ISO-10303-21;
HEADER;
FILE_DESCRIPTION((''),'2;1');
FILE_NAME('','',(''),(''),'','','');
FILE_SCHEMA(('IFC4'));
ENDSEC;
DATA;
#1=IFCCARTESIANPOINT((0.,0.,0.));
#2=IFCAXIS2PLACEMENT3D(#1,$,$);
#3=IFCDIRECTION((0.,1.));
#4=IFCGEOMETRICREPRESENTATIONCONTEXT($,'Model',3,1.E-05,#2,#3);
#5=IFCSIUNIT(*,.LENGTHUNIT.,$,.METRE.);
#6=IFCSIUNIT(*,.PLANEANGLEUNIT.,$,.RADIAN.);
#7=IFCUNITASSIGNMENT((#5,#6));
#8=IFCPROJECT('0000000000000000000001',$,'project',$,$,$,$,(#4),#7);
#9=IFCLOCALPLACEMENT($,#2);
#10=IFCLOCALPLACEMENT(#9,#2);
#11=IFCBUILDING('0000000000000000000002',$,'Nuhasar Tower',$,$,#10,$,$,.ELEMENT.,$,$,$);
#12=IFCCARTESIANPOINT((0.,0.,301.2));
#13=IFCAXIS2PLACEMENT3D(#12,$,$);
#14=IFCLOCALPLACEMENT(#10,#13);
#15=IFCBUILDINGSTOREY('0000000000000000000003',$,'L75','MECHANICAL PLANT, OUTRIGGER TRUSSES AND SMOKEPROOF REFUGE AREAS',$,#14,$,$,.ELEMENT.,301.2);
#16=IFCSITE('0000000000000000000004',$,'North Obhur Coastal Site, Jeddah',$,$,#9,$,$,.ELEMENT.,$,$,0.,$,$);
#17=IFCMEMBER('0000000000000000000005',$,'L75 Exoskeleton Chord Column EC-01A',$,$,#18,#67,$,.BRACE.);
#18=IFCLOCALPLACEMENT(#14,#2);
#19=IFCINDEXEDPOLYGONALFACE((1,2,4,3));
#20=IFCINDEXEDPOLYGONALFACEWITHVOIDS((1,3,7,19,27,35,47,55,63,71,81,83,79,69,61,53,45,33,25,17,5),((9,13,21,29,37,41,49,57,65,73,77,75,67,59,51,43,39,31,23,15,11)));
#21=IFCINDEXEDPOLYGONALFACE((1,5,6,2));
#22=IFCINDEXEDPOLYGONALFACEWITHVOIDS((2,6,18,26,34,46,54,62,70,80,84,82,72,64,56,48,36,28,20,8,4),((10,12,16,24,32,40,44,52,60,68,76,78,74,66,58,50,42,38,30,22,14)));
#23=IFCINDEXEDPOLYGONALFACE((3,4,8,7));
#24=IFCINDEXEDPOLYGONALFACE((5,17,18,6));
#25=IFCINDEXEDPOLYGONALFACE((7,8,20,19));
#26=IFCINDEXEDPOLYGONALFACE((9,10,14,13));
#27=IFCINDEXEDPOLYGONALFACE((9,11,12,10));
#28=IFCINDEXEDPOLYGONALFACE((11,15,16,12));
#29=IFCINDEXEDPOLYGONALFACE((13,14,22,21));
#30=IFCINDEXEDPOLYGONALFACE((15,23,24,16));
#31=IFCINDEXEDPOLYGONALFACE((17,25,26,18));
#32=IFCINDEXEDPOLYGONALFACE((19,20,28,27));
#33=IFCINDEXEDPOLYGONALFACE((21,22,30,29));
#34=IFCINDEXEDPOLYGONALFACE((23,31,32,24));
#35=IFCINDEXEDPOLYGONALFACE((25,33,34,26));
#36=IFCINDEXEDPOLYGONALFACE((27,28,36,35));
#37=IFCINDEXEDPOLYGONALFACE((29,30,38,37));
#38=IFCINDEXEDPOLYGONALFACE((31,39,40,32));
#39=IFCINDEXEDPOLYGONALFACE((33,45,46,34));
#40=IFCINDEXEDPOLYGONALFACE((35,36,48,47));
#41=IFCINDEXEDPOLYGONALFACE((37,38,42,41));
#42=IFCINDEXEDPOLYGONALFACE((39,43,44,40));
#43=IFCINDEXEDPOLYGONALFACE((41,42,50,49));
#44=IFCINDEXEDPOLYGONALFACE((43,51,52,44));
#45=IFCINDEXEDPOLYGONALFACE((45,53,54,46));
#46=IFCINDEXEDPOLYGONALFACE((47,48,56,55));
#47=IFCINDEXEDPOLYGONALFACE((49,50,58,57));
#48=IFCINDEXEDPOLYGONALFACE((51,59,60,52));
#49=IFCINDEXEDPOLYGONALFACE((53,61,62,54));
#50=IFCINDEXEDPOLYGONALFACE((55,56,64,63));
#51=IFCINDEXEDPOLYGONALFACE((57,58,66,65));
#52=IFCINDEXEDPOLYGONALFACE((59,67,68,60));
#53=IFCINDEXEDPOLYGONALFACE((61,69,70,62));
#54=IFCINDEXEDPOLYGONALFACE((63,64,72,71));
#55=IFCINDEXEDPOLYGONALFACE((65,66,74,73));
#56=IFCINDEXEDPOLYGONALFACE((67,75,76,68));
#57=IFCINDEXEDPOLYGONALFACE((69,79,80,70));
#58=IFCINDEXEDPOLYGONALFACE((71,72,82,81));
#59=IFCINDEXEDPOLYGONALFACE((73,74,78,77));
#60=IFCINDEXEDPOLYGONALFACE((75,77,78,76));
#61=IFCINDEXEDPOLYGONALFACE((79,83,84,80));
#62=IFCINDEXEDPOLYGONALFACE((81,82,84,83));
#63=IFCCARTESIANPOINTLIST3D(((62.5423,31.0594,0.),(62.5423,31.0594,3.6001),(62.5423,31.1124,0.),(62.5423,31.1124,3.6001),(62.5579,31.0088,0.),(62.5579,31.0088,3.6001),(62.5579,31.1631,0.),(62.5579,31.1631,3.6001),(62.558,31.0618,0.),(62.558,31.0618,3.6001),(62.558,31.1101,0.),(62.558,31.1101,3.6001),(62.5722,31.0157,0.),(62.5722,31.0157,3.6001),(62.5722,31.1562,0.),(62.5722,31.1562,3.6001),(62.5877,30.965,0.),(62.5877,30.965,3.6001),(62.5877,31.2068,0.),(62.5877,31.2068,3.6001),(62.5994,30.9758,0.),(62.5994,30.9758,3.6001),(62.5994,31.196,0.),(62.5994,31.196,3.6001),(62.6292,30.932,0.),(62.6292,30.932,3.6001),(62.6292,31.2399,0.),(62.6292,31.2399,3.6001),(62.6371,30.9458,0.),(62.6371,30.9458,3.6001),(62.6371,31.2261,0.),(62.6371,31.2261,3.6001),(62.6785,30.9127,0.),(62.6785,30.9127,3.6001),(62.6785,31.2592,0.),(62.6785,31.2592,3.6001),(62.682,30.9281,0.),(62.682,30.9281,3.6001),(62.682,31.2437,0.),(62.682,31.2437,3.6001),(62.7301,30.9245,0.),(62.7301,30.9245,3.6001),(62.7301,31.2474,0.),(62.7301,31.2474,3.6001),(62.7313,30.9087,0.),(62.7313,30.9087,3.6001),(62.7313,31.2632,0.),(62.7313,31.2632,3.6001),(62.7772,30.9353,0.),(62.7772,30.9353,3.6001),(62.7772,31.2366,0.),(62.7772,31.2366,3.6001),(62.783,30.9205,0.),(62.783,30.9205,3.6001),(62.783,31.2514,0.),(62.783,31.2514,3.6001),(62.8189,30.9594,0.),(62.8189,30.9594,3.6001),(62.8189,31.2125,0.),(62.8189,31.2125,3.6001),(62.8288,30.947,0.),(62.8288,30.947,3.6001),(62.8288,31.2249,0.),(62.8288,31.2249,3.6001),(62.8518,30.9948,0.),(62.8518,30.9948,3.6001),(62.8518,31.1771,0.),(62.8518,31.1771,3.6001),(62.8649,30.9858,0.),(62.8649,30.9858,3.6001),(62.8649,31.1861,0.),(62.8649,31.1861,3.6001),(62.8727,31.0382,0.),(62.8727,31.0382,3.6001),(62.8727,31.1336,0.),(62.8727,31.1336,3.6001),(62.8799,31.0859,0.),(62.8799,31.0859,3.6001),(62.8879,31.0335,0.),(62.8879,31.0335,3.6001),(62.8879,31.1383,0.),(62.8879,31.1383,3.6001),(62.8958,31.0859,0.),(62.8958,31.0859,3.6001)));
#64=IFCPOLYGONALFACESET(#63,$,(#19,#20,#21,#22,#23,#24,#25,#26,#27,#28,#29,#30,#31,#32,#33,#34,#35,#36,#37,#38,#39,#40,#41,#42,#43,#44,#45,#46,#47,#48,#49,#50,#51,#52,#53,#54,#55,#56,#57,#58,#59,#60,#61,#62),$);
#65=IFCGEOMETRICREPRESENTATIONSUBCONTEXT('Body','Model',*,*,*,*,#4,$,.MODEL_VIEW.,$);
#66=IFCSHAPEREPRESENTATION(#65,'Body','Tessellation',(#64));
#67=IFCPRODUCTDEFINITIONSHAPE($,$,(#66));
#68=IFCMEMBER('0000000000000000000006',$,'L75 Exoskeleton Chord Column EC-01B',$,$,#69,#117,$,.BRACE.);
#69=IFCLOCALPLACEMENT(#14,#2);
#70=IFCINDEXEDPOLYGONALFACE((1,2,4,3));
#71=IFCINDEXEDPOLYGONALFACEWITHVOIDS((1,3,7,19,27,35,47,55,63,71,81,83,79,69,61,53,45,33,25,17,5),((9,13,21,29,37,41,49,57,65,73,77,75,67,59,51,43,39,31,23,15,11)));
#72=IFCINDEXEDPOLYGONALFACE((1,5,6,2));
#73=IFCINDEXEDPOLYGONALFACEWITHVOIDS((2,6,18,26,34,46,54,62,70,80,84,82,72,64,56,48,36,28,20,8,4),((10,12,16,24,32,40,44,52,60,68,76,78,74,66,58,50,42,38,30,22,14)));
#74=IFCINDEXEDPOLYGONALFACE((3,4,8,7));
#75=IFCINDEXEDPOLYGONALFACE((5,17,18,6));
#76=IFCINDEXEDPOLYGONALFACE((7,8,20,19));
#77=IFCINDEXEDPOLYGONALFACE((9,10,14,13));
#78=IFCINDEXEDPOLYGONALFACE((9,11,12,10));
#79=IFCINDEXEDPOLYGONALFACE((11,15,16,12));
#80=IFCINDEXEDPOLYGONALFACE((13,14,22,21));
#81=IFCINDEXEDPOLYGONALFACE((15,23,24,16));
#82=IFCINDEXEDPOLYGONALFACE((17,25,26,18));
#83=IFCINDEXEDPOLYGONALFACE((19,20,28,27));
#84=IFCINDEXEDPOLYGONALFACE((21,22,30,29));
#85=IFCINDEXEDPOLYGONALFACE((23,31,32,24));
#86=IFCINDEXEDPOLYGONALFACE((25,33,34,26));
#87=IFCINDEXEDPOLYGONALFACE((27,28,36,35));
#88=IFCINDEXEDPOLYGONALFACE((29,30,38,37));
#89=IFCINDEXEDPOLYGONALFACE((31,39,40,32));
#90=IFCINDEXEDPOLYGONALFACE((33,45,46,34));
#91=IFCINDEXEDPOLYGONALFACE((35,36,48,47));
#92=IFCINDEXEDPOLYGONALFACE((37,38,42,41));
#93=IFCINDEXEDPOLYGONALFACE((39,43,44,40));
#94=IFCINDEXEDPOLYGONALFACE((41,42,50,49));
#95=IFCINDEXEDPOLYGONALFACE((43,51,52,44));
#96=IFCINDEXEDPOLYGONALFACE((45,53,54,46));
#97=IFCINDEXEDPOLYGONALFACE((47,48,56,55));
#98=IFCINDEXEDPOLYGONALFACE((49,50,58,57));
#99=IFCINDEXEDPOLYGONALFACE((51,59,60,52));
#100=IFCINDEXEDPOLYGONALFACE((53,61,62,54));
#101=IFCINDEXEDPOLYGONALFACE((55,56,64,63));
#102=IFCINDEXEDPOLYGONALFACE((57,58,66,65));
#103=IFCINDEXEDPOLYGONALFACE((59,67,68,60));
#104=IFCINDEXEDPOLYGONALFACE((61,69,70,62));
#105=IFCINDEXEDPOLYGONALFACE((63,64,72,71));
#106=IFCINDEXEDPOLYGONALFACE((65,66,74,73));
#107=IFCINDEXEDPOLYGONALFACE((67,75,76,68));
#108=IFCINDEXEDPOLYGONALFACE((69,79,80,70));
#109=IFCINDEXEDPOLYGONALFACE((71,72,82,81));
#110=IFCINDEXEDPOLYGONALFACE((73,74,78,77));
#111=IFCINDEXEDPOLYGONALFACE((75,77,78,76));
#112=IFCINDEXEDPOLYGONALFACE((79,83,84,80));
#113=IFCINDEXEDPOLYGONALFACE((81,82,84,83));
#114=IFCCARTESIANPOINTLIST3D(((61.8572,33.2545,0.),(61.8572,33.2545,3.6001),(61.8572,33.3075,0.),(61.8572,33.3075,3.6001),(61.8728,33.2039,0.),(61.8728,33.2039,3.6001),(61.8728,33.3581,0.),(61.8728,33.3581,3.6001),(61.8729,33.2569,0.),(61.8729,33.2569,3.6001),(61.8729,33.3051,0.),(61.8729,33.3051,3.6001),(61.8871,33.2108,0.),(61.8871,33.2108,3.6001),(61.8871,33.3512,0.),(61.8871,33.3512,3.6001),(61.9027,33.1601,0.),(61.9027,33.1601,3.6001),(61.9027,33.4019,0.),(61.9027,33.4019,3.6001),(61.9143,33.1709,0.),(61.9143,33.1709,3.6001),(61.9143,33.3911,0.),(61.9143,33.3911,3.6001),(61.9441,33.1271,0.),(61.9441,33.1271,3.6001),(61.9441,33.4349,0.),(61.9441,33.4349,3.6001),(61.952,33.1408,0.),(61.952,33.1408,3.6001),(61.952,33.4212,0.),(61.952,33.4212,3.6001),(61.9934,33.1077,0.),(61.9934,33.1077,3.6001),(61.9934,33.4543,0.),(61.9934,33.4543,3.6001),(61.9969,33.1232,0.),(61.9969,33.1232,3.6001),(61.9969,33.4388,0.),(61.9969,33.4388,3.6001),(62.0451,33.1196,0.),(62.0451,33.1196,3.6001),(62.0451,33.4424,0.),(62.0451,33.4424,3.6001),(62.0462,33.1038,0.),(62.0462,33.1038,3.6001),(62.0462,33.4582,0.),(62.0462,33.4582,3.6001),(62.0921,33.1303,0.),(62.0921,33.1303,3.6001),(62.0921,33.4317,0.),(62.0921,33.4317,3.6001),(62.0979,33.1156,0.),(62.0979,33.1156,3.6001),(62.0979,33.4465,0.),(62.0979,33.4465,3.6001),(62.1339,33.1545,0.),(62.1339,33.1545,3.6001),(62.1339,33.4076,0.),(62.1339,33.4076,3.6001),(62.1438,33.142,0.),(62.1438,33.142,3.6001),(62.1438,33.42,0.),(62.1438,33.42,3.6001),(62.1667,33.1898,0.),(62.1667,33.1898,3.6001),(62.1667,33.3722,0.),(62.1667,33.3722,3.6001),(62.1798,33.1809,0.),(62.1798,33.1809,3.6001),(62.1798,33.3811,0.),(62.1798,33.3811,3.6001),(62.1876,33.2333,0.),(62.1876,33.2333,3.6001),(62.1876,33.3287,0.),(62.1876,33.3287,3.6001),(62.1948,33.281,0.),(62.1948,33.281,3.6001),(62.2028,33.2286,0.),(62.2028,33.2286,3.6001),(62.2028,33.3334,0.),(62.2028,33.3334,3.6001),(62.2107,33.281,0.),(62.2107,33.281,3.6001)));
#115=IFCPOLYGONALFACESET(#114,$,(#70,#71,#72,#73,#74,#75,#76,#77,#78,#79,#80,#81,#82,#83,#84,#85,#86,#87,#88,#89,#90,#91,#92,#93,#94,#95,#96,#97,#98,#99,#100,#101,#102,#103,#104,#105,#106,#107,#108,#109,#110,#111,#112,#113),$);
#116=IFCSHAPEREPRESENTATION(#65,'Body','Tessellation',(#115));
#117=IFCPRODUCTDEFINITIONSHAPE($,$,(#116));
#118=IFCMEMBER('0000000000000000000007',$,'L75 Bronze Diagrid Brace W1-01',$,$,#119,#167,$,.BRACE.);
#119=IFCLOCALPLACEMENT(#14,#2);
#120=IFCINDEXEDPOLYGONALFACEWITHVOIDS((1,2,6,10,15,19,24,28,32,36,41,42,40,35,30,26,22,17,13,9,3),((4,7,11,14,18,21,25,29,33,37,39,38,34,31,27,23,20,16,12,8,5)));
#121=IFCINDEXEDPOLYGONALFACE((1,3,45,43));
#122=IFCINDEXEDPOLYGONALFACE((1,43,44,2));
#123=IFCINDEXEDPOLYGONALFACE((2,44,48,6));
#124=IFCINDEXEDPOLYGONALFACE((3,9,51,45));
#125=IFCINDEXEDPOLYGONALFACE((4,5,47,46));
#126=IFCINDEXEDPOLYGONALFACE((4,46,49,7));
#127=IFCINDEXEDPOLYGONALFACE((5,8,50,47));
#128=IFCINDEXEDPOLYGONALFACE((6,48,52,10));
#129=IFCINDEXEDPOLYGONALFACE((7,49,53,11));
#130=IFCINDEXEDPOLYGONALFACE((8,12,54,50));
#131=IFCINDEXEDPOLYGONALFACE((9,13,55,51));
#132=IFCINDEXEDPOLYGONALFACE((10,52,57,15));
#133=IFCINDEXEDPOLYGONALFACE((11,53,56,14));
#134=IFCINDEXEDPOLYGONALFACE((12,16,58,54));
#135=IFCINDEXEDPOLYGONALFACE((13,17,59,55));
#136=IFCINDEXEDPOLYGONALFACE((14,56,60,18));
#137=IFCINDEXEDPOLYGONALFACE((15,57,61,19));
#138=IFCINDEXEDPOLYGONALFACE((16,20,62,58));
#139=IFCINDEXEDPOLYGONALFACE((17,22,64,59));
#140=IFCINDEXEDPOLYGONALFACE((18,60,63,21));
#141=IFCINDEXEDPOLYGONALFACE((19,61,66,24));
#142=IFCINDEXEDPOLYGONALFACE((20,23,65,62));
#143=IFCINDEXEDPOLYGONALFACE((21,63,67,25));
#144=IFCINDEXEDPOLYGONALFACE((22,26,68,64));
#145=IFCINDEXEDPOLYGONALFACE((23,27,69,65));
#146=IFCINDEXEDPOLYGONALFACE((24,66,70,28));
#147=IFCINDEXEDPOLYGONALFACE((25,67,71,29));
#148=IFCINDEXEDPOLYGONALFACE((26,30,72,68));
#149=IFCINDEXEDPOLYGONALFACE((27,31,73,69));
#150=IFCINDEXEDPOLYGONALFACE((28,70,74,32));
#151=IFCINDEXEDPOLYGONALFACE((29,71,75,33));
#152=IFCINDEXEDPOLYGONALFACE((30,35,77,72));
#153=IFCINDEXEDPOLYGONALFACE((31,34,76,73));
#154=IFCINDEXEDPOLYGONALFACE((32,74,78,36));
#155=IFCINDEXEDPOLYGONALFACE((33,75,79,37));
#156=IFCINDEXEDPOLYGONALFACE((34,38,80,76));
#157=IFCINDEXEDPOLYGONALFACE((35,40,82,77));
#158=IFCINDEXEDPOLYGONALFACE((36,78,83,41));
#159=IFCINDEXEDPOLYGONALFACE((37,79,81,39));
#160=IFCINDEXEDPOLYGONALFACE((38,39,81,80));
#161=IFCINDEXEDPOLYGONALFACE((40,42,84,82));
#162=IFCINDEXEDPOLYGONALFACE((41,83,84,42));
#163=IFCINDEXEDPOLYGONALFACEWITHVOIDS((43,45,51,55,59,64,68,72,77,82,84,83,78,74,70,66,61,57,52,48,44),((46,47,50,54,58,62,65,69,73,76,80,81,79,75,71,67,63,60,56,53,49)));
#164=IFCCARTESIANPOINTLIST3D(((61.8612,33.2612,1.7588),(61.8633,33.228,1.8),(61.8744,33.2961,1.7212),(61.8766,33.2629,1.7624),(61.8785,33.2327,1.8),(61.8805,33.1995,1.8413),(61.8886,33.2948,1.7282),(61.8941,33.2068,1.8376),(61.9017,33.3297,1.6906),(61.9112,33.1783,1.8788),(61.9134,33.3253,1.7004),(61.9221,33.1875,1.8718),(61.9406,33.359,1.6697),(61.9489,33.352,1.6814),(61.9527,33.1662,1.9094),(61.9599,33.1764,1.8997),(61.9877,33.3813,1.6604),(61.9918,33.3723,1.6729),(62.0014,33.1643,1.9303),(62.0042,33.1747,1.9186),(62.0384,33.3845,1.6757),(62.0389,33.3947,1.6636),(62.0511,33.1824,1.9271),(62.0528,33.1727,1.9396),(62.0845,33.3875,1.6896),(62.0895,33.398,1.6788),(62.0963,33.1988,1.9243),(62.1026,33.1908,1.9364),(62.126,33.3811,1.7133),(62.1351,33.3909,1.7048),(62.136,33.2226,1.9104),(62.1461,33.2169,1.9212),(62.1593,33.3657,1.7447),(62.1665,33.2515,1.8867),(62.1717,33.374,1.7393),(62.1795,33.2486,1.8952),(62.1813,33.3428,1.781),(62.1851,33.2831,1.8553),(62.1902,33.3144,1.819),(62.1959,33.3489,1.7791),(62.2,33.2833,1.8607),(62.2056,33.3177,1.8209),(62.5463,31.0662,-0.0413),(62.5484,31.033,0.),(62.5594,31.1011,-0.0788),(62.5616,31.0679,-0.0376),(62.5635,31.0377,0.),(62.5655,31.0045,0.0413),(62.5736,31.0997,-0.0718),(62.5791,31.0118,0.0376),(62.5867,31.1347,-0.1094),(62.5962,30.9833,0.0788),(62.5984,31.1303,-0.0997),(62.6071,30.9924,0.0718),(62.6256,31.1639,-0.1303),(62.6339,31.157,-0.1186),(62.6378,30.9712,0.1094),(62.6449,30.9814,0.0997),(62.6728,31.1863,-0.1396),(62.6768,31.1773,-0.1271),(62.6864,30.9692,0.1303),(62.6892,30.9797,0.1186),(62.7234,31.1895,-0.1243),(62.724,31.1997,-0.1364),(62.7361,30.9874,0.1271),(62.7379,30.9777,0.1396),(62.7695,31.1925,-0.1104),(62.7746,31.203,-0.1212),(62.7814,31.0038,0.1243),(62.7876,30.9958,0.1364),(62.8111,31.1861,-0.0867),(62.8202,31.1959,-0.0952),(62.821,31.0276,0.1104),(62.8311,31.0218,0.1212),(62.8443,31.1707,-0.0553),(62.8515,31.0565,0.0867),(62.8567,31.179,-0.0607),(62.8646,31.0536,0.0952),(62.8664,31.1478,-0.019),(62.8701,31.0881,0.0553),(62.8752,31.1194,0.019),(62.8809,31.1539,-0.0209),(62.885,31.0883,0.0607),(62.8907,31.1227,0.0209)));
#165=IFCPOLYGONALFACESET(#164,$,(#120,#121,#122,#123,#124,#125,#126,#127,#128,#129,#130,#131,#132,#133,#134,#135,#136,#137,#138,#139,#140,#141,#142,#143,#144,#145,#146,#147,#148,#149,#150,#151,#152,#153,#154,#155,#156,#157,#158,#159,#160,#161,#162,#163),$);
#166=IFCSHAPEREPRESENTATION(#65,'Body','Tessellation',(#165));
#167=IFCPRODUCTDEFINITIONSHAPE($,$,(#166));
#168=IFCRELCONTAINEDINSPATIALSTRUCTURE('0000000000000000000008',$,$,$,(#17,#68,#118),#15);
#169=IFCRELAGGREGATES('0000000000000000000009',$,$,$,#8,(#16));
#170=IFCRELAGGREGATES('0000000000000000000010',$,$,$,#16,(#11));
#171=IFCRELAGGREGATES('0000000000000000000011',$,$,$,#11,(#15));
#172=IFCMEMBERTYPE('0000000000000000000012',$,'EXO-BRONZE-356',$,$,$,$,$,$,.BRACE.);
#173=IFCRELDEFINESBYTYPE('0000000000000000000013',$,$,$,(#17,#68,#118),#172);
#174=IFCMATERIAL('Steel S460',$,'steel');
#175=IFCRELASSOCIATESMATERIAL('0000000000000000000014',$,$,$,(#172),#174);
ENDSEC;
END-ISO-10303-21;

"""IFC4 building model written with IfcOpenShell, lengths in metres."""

from ifc_helpers import new_model, si_unit, direction, frame, origin, origin_2d, place, context, subcontext, project, spatial, hollow_circle, extrude, material, material_profile, profile_set, type_object, element, save


model = new_model("IFC4")

# Units and contexts
model_context = context("Model", 3, precision=1e-05, world=origin(), true_north=direction((0.0, 1.0)))
body_context = subcontext(model_context, "Body", "Model", "MODEL_VIEW")
ifc_project = project(units=[si_unit("LENGTHUNIT", "METRE"), si_unit("PLANEANGLEUNIT", "RADIAN")], contexts=[model_context])

# Site, building, storey
site_placement = place(None, origin())
site = spatial("IfcSite", under=ifc_project, at=site_placement, Name="North Obhur Coastal Site, Jeddah", CompositionType="ELEMENT", RefElevation=0.0)
building_placement = place(site_placement, origin())
building = spatial("IfcBuilding", under=site, at=building_placement, Name="Nuhasar Tower", CompositionType="ELEMENT")
storey_placement = place(building_placement, frame((0.0, 0.0, 301.2)))
storey = spatial("IfcBuildingStorey", under=building, at=storey_placement, Name="L75", Description="MECHANICAL PLANT, OUTRIGGER TRUSSES AND SMOKEPROOF REFUGE AREAS", CompositionType="ELEMENT", Elevation=301.2)

# Shared definitions
ifc_material_1 = material(Name="Steel S460", Category="steel")

# Members
ifc_material_profile_1 = material_profile(ifc_material_1, hollow_circle(Radius=0.1777, WallThickness=0.0159, at=origin_2d()), Name="HSS355.6X15.9")
ifc_profile_set_1 = profile_set([ifc_material_profile_1], Name="Steel S460")
member_type_1 = type_object("IfcMemberType", Name="EXO-BRONZE-356", PredefinedType="BRACE", material=ifc_profile_set_1)
for number, where, z_axis, x_axis, name in (
    (1, (62.718, 31.0859, 0.0), (0.0, 0.0, 1.0), (1.0, 0.0, 0.0), "L75 Exoskeleton Chord Column EC-01A"),
    (2, (62.033, 33.281, 0.0), (0.0, 0.0, 1.0), (1.0, 0.0, 0.0), "L75 Exoskeleton Chord Column EC-01B"),
):
    element("IfcMember", number, at=place(storey_placement, frame(where, z_axis=z_axis, x_axis=x_axis)), inside=storey, type_object=member_type_1, Name=name, PredefinedType="BRACE", context=body_context, shape_type="SweptSolid", body=[
        extrude(hollow_circle(Radius=0.1777, WallThickness=0.0159, at=origin_2d()), origin(), (0.0, 0.0, 1.0), 3.6001),
    ])
for number, where, z_axis, x_axis, name in (
    (3, (62.718, 31.0859, 0.0), (-0.23459, 0.751674, 0.616404), (-0.954591, -0.297918, 0.0), "L75 Bronze Diagrid Brace W1-01"),
):
    element("IfcMember", number, at=place(storey_placement, frame(where, z_axis=z_axis, x_axis=x_axis)), inside=storey, type_object=member_type_1, Name=name, PredefinedType="BRACE", context=body_context, shape_type="SweptSolid", body=[
        extrude(hollow_circle(Radius=0.1777, WallThickness=0.0159, at=origin_2d()), origin(), (0.0, 0.0, 1.0), 2.9202),
    ])

save(model, "model.ifc")
